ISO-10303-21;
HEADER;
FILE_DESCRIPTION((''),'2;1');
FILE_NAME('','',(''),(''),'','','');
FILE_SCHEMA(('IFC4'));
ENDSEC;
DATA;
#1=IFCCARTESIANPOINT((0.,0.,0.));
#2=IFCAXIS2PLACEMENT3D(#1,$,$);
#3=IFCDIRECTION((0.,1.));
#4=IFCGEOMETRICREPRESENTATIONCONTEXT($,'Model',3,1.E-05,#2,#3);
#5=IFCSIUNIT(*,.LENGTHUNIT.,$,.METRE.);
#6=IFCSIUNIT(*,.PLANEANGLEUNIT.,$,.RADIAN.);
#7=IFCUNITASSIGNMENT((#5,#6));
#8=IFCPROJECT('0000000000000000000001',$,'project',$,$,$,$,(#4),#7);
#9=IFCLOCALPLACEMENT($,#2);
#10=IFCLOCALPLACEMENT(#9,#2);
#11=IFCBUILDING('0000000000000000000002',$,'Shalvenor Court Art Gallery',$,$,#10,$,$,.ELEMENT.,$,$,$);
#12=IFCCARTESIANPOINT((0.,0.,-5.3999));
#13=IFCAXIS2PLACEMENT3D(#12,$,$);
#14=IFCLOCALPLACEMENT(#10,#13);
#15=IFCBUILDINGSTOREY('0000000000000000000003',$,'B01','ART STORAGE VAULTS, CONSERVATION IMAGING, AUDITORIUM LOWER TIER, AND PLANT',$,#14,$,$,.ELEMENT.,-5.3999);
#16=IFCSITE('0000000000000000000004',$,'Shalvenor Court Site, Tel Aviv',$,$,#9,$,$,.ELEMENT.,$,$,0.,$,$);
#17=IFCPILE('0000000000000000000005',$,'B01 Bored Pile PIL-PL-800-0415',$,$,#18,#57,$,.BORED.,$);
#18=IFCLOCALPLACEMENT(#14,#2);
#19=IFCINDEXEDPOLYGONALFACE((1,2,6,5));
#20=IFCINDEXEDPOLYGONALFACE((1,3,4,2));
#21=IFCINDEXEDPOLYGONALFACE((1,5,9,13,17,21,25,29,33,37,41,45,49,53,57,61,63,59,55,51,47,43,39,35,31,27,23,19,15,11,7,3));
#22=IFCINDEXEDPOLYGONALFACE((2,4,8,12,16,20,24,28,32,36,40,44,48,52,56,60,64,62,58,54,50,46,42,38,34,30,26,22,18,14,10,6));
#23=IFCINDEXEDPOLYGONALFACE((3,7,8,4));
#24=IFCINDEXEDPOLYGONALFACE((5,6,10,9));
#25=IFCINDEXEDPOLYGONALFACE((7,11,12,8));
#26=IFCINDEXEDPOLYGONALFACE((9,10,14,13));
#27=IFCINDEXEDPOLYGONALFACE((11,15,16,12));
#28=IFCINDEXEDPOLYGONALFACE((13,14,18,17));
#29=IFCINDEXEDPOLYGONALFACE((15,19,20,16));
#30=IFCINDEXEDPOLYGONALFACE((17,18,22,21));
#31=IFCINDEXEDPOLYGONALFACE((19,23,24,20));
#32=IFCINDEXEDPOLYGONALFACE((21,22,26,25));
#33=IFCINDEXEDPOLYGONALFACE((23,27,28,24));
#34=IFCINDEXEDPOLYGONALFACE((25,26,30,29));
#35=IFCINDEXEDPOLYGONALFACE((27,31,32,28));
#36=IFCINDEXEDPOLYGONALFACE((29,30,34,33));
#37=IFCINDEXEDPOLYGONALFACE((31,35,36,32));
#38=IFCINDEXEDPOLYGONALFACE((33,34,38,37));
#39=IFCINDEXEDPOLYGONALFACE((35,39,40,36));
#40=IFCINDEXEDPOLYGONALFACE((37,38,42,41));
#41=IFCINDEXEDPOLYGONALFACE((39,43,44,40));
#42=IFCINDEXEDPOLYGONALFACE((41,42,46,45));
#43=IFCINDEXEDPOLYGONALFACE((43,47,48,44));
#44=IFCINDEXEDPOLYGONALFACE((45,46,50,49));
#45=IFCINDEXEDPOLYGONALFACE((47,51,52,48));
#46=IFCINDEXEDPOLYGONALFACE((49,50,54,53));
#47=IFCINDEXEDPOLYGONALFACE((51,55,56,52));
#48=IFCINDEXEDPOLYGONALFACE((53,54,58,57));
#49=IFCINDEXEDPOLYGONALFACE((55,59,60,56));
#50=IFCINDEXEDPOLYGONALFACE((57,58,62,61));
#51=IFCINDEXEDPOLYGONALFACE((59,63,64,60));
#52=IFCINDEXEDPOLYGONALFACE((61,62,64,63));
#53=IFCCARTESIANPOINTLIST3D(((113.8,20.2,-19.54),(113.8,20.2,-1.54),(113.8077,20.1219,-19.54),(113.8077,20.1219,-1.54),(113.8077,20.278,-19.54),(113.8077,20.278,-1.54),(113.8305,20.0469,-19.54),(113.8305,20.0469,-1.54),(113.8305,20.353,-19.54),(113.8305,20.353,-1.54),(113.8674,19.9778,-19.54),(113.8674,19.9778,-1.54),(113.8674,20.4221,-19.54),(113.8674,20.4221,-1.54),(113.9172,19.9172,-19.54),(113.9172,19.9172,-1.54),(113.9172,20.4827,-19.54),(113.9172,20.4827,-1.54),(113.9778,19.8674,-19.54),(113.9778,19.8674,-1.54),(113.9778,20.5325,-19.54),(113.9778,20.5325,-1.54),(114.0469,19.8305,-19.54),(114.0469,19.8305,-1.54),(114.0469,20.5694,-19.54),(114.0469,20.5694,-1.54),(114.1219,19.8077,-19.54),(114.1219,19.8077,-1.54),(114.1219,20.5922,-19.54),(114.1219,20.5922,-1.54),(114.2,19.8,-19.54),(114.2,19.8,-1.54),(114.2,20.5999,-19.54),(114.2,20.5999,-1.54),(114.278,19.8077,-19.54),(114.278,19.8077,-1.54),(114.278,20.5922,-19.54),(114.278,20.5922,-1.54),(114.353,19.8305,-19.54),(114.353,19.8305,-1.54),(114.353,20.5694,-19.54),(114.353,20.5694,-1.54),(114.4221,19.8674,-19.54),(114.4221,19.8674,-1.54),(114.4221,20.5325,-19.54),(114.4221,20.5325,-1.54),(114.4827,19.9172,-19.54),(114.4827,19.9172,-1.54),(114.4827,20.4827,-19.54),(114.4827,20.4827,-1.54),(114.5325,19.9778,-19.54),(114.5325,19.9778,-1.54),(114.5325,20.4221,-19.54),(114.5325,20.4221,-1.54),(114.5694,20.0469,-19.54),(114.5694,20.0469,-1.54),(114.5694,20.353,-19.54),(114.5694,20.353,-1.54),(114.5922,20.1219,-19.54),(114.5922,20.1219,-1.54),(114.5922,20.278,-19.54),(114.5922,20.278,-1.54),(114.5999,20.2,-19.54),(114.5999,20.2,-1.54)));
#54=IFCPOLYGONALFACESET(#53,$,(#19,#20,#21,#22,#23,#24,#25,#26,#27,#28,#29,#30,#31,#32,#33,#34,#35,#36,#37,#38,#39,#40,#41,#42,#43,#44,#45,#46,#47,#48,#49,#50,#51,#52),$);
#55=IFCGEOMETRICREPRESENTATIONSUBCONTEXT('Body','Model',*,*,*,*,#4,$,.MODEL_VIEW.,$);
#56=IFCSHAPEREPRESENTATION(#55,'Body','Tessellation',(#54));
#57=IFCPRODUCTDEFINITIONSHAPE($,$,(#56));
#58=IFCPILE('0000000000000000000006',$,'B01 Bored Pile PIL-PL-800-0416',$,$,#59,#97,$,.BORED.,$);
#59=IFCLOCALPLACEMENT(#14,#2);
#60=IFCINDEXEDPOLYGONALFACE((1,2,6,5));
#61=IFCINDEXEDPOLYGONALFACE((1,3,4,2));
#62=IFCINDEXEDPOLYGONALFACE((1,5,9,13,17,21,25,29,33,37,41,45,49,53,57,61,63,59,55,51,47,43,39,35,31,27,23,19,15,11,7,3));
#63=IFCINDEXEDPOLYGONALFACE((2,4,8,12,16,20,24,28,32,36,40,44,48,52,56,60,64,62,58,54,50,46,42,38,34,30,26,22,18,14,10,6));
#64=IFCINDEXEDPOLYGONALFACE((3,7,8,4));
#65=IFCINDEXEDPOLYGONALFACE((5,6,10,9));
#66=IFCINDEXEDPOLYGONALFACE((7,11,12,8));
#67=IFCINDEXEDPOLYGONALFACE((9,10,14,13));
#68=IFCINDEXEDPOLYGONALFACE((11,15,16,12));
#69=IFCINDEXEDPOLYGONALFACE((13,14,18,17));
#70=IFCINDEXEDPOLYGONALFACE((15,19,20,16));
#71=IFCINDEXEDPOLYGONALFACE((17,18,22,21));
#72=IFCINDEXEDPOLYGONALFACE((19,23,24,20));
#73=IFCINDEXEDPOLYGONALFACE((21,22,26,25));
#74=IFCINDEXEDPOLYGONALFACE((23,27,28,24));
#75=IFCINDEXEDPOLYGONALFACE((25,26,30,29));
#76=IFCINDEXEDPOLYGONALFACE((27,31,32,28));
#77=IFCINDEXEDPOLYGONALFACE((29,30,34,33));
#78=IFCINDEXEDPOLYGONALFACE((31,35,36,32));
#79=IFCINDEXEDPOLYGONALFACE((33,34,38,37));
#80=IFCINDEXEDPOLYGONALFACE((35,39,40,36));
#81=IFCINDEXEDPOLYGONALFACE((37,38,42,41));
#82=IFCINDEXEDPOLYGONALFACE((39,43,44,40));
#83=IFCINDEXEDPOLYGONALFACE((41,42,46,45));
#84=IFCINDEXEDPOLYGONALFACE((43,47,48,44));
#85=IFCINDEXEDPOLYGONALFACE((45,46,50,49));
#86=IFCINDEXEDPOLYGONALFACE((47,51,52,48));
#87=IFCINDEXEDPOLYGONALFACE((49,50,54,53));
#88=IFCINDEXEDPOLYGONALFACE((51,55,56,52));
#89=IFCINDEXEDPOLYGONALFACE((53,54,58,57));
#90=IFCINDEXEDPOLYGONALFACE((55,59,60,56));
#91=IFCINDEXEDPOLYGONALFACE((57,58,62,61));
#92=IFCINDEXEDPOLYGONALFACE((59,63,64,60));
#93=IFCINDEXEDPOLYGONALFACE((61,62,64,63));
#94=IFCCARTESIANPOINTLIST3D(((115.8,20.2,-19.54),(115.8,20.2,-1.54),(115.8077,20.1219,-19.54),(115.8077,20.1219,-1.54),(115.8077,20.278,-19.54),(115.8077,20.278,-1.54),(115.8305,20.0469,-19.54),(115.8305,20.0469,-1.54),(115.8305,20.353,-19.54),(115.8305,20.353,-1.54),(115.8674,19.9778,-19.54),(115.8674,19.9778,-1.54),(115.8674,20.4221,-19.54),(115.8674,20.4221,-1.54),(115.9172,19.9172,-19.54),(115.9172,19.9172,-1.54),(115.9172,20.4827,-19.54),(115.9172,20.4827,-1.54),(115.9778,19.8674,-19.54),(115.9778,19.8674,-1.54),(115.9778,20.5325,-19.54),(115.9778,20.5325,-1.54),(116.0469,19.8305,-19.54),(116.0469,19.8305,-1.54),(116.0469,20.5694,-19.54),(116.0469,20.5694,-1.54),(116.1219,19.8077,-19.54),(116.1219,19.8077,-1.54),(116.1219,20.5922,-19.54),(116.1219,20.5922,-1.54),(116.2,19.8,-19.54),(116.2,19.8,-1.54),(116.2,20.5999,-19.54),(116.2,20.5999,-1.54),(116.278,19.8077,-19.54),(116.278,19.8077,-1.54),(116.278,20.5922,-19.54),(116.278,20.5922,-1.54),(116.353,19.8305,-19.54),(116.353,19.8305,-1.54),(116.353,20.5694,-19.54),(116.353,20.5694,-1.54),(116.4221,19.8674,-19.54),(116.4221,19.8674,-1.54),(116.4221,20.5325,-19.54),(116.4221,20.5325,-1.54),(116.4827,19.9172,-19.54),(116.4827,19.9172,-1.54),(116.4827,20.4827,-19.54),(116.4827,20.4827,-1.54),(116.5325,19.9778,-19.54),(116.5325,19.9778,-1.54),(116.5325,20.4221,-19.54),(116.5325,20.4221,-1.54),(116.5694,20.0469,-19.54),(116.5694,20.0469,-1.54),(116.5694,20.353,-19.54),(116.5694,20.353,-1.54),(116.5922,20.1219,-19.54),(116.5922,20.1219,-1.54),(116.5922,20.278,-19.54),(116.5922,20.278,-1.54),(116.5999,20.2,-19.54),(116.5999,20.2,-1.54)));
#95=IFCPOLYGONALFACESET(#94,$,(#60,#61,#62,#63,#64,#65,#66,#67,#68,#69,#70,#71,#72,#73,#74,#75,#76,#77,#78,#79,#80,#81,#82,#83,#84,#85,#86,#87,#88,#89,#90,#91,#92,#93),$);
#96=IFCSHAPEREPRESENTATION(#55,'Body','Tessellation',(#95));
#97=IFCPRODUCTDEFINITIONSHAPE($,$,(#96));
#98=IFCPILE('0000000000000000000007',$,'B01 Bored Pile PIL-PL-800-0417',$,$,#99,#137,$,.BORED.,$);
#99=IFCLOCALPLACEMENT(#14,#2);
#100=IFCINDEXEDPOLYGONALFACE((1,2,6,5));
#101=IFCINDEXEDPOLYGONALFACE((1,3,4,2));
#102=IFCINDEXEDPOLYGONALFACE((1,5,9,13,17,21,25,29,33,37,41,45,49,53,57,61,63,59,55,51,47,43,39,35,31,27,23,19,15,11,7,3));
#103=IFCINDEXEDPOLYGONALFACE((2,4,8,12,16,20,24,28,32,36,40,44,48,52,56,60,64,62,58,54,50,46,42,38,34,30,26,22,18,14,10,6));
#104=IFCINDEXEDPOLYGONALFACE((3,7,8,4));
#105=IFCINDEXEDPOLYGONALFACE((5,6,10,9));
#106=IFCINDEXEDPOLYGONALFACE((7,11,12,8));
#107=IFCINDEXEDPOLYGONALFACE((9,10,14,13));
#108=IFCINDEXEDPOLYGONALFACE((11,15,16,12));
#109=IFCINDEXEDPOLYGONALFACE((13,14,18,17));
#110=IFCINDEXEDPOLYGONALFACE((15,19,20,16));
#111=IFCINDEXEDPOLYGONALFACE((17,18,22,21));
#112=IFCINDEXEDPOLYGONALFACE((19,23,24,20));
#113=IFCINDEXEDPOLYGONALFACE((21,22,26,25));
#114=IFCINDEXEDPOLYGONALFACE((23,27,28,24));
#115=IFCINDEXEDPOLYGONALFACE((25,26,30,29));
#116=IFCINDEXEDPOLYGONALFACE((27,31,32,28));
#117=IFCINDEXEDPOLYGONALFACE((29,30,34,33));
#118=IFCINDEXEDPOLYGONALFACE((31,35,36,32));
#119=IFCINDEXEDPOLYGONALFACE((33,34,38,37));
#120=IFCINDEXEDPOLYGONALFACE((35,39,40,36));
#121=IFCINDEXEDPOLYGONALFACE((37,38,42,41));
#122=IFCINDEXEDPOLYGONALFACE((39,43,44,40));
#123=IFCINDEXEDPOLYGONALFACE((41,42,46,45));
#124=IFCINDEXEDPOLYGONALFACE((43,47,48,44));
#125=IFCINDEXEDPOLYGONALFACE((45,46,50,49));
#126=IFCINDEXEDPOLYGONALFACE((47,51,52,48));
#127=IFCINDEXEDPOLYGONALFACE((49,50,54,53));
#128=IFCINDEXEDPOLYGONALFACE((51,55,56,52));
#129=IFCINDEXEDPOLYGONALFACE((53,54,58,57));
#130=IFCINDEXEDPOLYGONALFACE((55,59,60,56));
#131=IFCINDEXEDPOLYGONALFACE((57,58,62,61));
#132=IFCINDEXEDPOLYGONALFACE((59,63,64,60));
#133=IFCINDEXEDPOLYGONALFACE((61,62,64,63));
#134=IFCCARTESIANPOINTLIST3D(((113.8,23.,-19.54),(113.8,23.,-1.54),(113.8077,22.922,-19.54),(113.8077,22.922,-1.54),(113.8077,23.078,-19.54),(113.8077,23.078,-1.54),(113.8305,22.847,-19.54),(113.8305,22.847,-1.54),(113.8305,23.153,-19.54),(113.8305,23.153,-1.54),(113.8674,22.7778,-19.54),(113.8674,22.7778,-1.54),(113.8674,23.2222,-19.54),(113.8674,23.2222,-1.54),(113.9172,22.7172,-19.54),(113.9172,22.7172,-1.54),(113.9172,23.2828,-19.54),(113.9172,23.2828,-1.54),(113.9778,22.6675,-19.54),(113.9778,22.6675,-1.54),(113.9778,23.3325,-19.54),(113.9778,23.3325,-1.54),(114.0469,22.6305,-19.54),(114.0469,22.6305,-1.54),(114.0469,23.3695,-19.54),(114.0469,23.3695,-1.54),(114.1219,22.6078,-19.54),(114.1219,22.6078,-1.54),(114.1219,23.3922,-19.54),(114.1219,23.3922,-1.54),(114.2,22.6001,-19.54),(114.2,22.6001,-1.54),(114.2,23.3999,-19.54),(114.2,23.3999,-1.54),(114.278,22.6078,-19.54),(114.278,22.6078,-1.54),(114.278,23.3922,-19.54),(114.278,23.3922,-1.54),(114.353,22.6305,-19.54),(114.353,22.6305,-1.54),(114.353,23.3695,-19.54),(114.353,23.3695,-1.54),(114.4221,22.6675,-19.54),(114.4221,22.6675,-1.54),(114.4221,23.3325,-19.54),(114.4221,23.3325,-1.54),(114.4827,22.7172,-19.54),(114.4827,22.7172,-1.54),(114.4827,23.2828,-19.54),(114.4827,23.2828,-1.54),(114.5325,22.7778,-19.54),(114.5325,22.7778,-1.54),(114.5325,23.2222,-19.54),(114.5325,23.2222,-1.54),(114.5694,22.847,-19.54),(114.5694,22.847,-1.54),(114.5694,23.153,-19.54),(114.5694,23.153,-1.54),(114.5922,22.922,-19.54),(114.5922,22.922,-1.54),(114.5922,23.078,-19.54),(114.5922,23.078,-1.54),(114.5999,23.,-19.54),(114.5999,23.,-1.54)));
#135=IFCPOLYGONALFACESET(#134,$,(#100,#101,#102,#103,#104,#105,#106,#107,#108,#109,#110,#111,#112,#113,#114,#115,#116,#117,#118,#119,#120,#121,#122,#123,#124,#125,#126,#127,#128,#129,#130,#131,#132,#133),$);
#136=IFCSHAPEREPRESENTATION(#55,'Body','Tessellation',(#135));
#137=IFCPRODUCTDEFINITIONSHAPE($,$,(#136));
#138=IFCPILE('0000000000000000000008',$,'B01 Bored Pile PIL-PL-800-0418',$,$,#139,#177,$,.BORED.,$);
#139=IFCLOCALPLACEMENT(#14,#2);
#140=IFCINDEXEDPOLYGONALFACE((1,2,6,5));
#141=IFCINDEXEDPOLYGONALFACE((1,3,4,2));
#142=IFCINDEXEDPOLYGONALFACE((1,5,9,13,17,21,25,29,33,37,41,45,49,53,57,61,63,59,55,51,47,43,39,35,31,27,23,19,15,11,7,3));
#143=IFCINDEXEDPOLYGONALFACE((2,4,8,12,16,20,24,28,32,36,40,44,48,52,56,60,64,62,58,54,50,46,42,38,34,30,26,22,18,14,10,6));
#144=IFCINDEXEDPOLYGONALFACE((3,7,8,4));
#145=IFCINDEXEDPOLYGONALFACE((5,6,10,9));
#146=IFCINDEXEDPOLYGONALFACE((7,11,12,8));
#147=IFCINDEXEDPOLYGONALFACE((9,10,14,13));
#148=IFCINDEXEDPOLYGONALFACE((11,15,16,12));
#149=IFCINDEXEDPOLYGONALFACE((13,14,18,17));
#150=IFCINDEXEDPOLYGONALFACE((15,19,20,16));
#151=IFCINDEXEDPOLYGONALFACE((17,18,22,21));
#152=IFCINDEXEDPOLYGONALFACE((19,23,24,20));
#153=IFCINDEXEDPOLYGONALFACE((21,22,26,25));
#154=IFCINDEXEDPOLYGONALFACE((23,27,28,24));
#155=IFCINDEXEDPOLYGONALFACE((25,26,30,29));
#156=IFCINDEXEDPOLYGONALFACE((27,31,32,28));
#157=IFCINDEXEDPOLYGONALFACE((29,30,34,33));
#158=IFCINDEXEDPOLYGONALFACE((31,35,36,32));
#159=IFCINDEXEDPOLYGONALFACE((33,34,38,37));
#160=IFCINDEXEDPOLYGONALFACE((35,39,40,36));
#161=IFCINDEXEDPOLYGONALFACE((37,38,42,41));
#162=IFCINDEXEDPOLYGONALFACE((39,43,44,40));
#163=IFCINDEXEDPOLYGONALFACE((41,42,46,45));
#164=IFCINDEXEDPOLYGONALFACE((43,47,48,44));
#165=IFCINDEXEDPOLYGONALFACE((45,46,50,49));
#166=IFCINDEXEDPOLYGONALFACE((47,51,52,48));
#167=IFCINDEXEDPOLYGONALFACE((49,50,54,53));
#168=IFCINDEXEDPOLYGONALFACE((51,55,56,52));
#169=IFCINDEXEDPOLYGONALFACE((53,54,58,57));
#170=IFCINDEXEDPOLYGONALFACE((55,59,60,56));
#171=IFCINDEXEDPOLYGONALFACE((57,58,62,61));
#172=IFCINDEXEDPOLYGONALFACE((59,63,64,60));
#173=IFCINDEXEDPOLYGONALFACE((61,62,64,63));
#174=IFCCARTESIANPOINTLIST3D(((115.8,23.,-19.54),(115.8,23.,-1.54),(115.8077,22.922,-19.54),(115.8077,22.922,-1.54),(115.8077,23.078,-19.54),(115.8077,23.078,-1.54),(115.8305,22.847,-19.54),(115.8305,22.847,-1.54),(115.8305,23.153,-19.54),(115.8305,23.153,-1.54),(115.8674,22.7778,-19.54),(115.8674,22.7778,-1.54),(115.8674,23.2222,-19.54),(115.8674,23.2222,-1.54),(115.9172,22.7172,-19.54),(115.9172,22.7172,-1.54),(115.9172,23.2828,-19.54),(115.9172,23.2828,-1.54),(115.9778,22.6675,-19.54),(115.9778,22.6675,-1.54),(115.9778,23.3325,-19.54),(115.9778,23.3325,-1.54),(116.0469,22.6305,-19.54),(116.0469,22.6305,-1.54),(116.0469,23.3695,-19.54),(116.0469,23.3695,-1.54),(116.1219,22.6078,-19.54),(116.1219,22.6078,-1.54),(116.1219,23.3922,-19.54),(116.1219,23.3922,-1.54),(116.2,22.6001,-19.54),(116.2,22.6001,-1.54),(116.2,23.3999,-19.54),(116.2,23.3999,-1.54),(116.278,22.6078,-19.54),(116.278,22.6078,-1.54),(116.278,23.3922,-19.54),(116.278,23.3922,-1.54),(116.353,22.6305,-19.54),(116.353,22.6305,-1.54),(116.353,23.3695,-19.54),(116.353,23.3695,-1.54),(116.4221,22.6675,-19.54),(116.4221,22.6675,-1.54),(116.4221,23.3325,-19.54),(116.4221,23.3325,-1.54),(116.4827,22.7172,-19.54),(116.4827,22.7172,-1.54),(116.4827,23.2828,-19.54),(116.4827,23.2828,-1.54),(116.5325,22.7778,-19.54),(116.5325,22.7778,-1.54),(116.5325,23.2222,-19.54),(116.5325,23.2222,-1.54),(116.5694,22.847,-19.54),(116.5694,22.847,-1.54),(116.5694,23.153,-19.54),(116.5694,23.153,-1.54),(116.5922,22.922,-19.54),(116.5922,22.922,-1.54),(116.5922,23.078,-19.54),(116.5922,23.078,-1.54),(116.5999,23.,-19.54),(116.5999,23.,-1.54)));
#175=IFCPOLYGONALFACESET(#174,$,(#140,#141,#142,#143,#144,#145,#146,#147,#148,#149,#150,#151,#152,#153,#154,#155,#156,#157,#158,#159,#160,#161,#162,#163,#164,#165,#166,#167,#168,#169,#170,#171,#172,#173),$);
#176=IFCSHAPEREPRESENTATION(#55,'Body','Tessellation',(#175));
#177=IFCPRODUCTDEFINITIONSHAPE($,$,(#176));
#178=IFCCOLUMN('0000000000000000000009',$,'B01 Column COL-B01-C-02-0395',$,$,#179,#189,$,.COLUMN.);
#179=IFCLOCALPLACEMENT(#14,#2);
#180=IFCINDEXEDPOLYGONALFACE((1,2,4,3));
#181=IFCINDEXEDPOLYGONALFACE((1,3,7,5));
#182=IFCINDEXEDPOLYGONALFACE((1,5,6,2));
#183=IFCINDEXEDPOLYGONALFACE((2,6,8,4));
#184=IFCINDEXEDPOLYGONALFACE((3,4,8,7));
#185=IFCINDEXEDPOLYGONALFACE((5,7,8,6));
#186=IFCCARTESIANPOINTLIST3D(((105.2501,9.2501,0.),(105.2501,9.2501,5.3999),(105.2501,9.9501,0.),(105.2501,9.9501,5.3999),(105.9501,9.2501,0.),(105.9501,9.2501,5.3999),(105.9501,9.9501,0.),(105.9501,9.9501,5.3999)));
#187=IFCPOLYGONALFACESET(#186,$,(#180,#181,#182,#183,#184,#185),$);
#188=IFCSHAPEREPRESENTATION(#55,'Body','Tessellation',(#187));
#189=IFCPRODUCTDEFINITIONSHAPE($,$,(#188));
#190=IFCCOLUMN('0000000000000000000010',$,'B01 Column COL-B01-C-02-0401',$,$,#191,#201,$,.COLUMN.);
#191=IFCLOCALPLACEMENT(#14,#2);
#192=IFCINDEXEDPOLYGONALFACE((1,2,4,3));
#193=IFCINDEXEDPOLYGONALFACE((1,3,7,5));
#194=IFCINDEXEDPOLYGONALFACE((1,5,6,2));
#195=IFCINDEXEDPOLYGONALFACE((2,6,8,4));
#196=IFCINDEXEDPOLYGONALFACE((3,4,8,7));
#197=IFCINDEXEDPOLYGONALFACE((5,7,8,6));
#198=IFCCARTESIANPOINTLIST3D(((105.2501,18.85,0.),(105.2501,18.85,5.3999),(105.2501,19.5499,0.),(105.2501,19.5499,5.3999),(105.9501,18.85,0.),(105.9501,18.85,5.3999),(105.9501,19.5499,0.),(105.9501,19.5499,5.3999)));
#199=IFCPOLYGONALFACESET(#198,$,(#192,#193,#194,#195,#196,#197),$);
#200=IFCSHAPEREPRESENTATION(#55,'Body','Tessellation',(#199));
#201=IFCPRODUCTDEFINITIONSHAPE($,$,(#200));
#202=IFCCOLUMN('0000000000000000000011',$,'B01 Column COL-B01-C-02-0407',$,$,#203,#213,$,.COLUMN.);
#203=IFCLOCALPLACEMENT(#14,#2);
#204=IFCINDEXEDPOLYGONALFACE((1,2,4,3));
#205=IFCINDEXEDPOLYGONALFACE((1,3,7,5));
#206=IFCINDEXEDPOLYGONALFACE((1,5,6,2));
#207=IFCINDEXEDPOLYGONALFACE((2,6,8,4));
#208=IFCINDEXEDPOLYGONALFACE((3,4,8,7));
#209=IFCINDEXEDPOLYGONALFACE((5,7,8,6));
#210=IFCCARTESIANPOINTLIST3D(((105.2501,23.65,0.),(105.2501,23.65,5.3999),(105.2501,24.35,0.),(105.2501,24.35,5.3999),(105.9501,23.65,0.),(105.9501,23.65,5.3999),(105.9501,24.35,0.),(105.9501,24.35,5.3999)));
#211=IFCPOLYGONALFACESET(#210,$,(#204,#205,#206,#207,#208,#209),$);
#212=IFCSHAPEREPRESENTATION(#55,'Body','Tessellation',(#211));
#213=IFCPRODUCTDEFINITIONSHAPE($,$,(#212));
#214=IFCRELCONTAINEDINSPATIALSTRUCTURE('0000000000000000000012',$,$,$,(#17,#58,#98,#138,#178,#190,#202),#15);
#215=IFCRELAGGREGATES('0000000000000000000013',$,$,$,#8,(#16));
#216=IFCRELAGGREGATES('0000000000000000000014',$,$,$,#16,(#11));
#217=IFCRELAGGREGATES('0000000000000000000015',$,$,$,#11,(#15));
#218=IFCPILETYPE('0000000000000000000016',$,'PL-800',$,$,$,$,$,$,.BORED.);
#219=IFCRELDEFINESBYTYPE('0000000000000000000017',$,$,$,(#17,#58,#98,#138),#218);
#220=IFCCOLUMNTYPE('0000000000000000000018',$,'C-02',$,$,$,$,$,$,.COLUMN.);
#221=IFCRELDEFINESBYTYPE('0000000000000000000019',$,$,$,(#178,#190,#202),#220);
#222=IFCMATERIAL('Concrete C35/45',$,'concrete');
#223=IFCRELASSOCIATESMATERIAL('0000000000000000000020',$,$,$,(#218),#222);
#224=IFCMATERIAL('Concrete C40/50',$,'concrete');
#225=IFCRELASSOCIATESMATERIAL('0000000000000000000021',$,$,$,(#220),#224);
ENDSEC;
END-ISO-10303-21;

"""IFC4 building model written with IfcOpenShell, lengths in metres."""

from ifc_helpers import new_model, si_unit, direction, frame, origin, origin_2d, place, context, subcontext, project, spatial, rectangle, circle, extrude, material, material_profile, profile_set, type_object, element, save


model = new_model("IFC4")

# Units and contexts
model_context = context("Model", 3, precision=1e-05, world=origin(), true_north=direction((0.0, 1.0)))
body_context = subcontext(model_context, "Body", "Model", "MODEL_VIEW")
ifc_project = project(units=[si_unit("LENGTHUNIT", "METRE"), si_unit("PLANEANGLEUNIT", "RADIAN")], contexts=[model_context])

# Site, building, storey
site_placement = place(None, origin())
site = spatial("IfcSite", under=ifc_project, at=site_placement, Name="Shalvenor Court Site, Tel Aviv", CompositionType="ELEMENT", RefElevation=0.0)
building_placement = place(site_placement, origin())
building = spatial("IfcBuilding", under=site, at=building_placement, Name="Shalvenor Court Art Gallery", CompositionType="ELEMENT")
storey_placement = place(building_placement, frame((0.0, 0.0, -5.3999)))
storey = spatial("IfcBuildingStorey", under=building, at=storey_placement, Name="B01", Description="ART STORAGE VAULTS, CONSERVATION IMAGING, AUDITORIUM LOWER TIER, AND PLANT", CompositionType="ELEMENT", Elevation=-5.3999)

# Piles
ifc_material_1 = material(Name="Concrete C35/45", Category="concrete")
ifc_material_profile_1 = material_profile(ifc_material_1, circle(Radius=0.3999, at=origin_2d()), Name="PILE 800")
ifc_profile_set_1 = profile_set([ifc_material_profile_1], Name="Concrete C35/45")
pile_type_1 = type_object("IfcPileType", Name="PL-800", PredefinedType="BORED", material=ifc_profile_set_1)
for number, where, z_axis, x_axis, name in (
    (1, (114.2, 20.2, -1.54), (0.0, 0.0, -1.0), (1.0, 0.0, 0.0), "B01 Bored Pile PIL-PL-800-0415"),
    (2, (116.2, 20.2, -1.54), (0.0, 0.0, -1.0), (1.0, 0.0, 0.0), "B01 Bored Pile PIL-PL-800-0416"),
    (3, (114.2, 23.0, -1.54), (0.0, 0.0, -1.0), (1.0, 0.0, 0.0), "B01 Bored Pile PIL-PL-800-0417"),
    (4, (116.2, 23.0, -1.54), (0.0, 0.0, -1.0), (1.0, 0.0, 0.0), "B01 Bored Pile PIL-PL-800-0418"),
):
    element("IfcPile", number, at=place(storey_placement, frame(where, z_axis=z_axis, x_axis=x_axis)), inside=storey, type_object=pile_type_1, Name=name, PredefinedType="BORED", context=body_context, shape_type="SweptSolid", body=[
        extrude(circle(Radius=0.3999, at=origin_2d()), origin(), (0.0, 0.0, 1.0), 18.0),
    ])

# Columns
ifc_material_2 = material(Name="Concrete C40/50", Category="concrete")
ifc_material_profile_2 = material_profile(ifc_material_2, rectangle(XDim=0.7, YDim=0.7, at=origin_2d()), Name="RC 700x700")
ifc_profile_set_2 = profile_set([ifc_material_profile_2], Name="Concrete C40/50")
column_type = type_object("IfcColumnType", Name="C-02", PredefinedType="COLUMN", material=ifc_profile_set_2)
for number, where, z_axis, x_axis, name in (
    (5, (105.6001, 9.6001, 0.0), (0.0, 0.0, 1.0), (1.0, 0.0, 0.0), "B01 Column COL-B01-C-02-0395"),
    (6, (105.6001, 19.2, 0.0), (0.0, 0.0, 1.0), (1.0, 0.0, 0.0), "B01 Column COL-B01-C-02-0401"),
    (7, (105.6001, 24.0, 0.0), (0.0, 0.0, 1.0), (1.0, 0.0, 0.0), "B01 Column COL-B01-C-02-0407"),
):
    element("IfcColumn", number, at=place(storey_placement, frame(where, z_axis=z_axis, x_axis=x_axis)), inside=storey, type_object=column_type, Name=name, PredefinedType="COLUMN", context=body_context, shape_type="SweptSolid", body=[
        extrude(rectangle(XDim=0.7, YDim=0.7, at=origin_2d()), origin(), (0.0, 0.0, 1.0), 5.3999),
    ])

save(model, "model.ifc")
